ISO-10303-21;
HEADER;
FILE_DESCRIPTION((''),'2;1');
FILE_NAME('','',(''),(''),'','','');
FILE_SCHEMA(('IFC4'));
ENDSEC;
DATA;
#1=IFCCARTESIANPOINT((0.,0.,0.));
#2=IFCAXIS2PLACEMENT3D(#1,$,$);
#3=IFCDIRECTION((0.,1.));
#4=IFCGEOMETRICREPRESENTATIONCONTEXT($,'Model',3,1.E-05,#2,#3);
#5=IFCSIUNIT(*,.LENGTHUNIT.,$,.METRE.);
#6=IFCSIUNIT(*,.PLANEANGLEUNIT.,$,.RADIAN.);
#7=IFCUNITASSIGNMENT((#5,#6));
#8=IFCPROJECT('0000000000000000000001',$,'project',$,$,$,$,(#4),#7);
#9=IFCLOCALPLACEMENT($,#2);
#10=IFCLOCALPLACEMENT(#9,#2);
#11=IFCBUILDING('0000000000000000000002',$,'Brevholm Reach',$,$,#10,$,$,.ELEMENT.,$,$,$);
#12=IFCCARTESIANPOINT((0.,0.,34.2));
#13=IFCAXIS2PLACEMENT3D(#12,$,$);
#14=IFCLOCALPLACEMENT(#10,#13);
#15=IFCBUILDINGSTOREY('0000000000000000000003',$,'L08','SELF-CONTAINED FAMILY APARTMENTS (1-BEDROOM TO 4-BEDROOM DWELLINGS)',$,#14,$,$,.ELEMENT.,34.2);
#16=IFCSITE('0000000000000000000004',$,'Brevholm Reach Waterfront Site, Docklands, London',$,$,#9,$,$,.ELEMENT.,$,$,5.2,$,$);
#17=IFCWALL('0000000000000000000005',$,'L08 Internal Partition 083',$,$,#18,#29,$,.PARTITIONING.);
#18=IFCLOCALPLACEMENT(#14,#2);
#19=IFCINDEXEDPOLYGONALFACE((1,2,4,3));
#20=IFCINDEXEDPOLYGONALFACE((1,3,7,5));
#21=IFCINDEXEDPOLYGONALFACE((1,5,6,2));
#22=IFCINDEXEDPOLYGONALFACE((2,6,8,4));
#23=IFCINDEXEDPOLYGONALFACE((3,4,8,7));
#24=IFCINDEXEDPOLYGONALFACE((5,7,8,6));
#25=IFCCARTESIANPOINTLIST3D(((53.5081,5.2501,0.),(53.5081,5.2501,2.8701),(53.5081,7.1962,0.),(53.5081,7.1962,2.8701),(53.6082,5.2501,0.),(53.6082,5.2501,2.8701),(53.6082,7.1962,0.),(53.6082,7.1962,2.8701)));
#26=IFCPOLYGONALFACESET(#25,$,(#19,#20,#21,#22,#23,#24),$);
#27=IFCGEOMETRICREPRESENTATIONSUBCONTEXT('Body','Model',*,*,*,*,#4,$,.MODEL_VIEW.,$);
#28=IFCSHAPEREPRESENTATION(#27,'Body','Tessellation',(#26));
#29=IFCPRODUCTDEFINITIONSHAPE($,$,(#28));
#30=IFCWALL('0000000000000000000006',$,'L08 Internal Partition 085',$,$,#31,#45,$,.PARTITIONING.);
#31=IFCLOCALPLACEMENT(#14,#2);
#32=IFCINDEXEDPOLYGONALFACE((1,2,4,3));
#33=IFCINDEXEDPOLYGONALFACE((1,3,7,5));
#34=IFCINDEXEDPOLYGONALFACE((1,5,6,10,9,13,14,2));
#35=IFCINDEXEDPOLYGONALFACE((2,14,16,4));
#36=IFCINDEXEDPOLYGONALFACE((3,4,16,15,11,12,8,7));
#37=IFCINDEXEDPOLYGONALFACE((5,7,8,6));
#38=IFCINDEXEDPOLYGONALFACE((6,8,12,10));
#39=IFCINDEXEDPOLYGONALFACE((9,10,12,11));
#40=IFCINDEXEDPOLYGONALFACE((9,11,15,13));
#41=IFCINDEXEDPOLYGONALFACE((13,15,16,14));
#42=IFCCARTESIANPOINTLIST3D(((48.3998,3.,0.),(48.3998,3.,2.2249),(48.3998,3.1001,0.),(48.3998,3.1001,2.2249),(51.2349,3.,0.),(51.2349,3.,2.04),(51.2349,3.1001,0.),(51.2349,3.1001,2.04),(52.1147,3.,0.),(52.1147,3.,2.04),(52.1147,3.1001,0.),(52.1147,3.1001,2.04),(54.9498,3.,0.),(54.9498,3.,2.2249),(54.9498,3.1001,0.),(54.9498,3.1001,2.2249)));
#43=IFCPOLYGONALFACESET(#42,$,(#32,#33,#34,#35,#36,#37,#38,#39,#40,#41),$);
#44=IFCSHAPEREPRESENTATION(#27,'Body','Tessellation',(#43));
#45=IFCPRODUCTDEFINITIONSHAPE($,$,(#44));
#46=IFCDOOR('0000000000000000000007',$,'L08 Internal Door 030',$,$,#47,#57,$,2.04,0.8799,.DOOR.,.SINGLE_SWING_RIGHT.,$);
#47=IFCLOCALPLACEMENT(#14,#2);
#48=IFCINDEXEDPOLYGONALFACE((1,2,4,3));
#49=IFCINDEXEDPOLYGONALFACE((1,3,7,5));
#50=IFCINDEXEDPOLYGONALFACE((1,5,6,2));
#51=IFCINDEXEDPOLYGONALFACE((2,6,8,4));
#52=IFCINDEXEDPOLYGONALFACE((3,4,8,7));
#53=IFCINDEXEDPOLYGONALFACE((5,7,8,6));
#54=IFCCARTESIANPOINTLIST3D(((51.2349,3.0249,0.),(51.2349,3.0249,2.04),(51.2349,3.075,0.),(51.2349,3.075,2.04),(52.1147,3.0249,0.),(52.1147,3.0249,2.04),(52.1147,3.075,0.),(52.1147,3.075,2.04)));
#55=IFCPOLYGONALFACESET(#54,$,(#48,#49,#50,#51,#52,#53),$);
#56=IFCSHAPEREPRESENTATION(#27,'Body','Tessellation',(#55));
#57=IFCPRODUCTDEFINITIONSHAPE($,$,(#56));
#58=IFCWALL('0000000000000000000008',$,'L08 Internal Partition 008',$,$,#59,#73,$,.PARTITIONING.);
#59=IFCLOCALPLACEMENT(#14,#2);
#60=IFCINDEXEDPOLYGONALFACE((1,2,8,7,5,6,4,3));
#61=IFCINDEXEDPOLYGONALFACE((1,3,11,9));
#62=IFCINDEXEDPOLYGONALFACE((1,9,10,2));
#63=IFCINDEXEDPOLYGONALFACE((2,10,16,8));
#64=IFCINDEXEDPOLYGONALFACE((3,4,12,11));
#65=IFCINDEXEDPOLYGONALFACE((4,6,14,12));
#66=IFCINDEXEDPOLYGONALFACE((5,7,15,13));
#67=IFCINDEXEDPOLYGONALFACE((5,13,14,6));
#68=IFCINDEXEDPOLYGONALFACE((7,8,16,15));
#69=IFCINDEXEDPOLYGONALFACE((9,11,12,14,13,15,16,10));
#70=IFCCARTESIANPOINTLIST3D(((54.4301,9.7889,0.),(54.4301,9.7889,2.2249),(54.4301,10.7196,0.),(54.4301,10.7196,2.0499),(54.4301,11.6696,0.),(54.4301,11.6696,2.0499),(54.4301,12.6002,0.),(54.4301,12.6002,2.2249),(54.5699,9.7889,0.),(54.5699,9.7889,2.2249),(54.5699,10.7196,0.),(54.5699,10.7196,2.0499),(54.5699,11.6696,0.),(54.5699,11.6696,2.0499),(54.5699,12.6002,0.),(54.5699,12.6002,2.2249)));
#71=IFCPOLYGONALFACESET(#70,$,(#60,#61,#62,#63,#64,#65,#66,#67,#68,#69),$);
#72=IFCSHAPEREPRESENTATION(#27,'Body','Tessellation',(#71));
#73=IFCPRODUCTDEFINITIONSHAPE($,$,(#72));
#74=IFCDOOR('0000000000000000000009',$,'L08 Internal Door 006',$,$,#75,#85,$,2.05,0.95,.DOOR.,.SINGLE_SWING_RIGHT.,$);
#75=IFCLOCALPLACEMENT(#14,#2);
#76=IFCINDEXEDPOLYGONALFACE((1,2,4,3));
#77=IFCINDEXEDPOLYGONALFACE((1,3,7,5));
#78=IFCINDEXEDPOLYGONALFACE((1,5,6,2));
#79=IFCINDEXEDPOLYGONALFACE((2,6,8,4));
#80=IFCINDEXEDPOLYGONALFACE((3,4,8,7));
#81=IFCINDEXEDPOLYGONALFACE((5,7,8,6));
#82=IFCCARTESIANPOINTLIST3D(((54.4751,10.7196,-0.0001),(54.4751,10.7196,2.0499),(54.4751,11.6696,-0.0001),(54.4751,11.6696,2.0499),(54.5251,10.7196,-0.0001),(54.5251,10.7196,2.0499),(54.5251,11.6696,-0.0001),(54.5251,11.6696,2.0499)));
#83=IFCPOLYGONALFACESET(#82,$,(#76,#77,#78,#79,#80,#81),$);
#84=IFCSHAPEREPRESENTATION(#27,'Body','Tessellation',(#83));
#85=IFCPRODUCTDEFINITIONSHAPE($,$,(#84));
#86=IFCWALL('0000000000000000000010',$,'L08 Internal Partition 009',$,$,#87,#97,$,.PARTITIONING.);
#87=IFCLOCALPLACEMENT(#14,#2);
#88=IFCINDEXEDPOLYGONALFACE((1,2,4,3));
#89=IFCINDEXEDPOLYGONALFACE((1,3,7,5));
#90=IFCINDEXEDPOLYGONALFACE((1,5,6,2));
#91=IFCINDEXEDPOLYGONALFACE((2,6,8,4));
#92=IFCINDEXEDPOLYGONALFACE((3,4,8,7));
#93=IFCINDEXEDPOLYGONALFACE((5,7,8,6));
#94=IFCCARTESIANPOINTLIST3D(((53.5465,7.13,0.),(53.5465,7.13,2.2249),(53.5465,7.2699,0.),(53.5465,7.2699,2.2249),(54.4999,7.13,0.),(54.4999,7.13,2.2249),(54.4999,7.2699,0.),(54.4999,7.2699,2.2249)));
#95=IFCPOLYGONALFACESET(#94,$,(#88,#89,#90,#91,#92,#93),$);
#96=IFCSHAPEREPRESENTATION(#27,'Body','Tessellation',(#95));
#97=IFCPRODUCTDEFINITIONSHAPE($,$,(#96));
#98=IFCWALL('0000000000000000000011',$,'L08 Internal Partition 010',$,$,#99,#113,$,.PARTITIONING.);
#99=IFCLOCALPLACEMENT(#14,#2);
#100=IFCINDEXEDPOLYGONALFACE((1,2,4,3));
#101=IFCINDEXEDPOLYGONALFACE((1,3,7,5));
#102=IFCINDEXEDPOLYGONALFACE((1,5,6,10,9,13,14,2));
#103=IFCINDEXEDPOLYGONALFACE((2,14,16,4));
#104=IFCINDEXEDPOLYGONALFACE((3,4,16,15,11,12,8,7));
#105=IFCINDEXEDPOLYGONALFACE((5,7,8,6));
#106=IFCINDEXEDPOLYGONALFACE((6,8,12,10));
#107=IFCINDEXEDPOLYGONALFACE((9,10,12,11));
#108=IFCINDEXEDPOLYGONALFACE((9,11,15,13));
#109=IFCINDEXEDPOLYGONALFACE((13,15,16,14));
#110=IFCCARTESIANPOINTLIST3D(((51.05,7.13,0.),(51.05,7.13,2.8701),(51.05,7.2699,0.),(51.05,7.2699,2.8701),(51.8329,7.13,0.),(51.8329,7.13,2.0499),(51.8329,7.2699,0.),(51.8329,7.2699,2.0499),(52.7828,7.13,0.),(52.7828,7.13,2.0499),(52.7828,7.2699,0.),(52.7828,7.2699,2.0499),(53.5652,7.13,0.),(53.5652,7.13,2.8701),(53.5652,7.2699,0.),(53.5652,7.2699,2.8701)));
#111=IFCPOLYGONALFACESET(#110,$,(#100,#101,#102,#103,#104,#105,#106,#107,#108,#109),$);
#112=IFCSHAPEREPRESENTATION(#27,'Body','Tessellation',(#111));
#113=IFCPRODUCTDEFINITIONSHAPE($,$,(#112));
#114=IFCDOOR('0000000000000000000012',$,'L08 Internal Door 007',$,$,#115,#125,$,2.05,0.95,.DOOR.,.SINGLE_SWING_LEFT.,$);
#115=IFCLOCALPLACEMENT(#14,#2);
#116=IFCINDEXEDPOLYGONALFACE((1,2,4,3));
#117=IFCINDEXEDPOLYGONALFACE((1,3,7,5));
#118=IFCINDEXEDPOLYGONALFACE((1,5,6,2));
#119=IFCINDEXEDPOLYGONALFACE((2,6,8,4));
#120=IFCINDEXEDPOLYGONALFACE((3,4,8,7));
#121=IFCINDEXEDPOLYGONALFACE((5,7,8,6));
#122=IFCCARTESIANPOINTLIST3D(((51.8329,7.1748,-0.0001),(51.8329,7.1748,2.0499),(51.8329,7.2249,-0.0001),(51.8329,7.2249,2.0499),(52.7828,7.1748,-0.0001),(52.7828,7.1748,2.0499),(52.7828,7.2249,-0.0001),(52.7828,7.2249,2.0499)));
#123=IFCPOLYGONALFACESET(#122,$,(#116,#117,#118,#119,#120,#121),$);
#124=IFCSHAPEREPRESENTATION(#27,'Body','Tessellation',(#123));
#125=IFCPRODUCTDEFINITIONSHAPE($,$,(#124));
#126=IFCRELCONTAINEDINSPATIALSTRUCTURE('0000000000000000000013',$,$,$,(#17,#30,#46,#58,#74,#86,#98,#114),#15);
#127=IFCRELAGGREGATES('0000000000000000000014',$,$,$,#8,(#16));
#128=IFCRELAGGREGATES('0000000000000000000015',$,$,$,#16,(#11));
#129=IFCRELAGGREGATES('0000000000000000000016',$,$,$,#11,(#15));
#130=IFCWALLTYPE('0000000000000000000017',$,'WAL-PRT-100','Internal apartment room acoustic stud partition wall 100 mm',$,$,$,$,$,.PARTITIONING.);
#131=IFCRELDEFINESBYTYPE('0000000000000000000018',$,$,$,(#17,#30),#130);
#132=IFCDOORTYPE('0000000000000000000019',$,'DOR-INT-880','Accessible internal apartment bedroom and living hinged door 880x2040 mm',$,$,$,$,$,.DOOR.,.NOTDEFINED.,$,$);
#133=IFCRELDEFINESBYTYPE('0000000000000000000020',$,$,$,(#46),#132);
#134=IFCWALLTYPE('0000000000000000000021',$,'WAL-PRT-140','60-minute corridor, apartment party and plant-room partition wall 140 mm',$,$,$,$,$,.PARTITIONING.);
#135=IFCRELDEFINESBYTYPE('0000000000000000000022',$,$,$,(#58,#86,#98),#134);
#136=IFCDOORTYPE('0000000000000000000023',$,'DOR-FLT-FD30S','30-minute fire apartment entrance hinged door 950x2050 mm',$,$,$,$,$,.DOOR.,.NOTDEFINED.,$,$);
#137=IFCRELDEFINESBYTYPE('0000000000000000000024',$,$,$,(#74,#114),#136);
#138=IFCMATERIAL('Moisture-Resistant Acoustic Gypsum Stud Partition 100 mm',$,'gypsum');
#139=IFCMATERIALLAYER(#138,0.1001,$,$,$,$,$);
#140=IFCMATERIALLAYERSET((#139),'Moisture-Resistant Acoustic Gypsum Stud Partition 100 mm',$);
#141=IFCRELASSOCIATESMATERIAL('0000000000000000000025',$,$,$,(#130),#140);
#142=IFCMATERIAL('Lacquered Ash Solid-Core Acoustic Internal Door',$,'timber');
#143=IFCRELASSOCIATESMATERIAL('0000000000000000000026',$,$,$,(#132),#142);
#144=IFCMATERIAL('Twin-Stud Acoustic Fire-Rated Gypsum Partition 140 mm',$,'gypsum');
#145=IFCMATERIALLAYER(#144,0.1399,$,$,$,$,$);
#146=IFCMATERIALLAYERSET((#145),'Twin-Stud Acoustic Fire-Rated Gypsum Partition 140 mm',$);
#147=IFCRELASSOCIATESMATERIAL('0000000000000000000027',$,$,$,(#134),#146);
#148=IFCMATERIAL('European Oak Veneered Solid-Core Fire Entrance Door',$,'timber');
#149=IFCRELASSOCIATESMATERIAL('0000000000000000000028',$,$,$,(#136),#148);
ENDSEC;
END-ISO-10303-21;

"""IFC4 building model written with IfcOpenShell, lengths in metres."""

from ifc_helpers import new_model, si_unit, direction, frame, frame_2d, origin, place, context, subcontext, project, spatial, rectangle, extrude, material, layer, layer_set, type_object, element, fill, save


model = new_model("IFC4")

# Units and contexts
model_context = context("Model", 3, precision=1e-05, world=origin(), true_north=direction((0.0, 1.0)))
body_context = subcontext(model_context, "Body", "Model", "MODEL_VIEW")
ifc_project = project(units=[si_unit("LENGTHUNIT", "METRE"), si_unit("PLANEANGLEUNIT", "RADIAN")], contexts=[model_context])

# Site, building, storey
site_placement = place(None, origin())
site = spatial("IfcSite", under=ifc_project, at=site_placement, Name="Brevholm Reach Waterfront Site, Docklands, London", CompositionType="ELEMENT", RefElevation=5.2)
building_placement = place(site_placement, origin())
building = spatial("IfcBuilding", under=site, at=building_placement, Name="Brevholm Reach", CompositionType="ELEMENT")
storey_placement = place(building_placement, frame((0.0, 0.0, 34.2)))
storey = spatial("IfcBuildingStorey", under=building, at=storey_placement, Name="L08", Description="SELF-CONTAINED FAMILY APARTMENTS (1-BEDROOM TO 4-BEDROOM DWELLINGS)", CompositionType="ELEMENT", Elevation=34.2)

# Shared definitions
ifc_material_1 = material(Name="Moisture-Resistant Acoustic Gypsum Stud Partition 100 mm", Category="gypsum")
ifc_layer_1 = layer(ifc_material_1, 0.1001)
ifc_layer_set_1 = layer_set([ifc_layer_1], Name="Moisture-Resistant Acoustic Gypsum Stud Partition 100 mm")
wall_type_1 = type_object("IfcWallType", Name="WAL-PRT-100", Description="Internal apartment room acoustic stud partition wall 100 mm", PredefinedType="PARTITIONING", material=ifc_layer_set_1)
ifc_material_2 = material(Name="Lacquered Ash Solid-Core Acoustic Internal Door", Category="timber")
door_type_1 = type_object("IfcDoorType", Name="DOR-INT-880", Description="Accessible internal apartment bedroom and living hinged door 880x2040 mm", OperationType="NOTDEFINED", PredefinedType="DOOR", material=ifc_material_2)

# Wall
wall_1_placement = place(storey_placement, frame((53.5581, 5.25, 0.0), z_axis=(0.0, 0.0, 1.0), x_axis=(0.0, 1.0, 0.0)))
element("IfcWall", 1, at=wall_1_placement, inside=storey, type_object=wall_type_1, Name="L08 Internal Partition 083", PredefinedType="PARTITIONING", context=body_context, shape_type="SweptSolid", body=[
    extrude(rectangle(XDim=1.946, YDim=0.1001, at=frame_2d((0.9731, 0.0))), origin(), (0.0, 0.0, 1.0), 2.8701),
])

# Walls, openings, doors
wall_2_placement = place(storey_placement, frame((48.3999, 3.05, 0.0), z_axis=(0.0, 0.0, 1.0), x_axis=(1.0, 0.0, 0.0)))
wall_2 = element("IfcWall", 2, at=wall_2_placement, inside=storey, type_object=wall_type_1, Name="L08 Internal Partition 085", PredefinedType="PARTITIONING", context=body_context, shape_type="SweptSolid", body=[
    extrude(rectangle(XDim=6.55, YDim=0.1001, at=frame_2d((3.2749, 0.0))), origin(), (0.0, 0.0, 1.0), 2.2249),
])
opening_1_placement = place(wall_2_placement, frame((2.835, 0.0, 0.0)))
opening_1 = element("IfcOpeningElement", 3, at=opening_1_placement, cuts=wall_2, PredefinedType="OPENING", context=body_context, shape_type="SweptSolid", body=[
    extrude(rectangle(XDim=0.8799, YDim=2.04, at=frame_2d((0.4399, 1.02))), frame((0.0, 0.0601, 0.0), z_axis=(0.0, -1.0, 0.0), x_axis=(1.0, 0.0, 0.0)), (0.0, 0.0, 1.0), 0.1201),
])
door_1_placement = place(opening_1_placement, origin())
door_1 = element("IfcDoor", 4, at=door_1_placement, inside=storey, type_object=door_type_1, Name="L08 Internal Door 030", OperationType="SINGLE_SWING_RIGHT", OverallHeight=2.04, OverallWidth=0.8799, PredefinedType="DOOR", context=body_context, shape_type="SweptSolid", body=[
    extrude(rectangle(XDim=0.8799, YDim=2.04, at=frame_2d((0.4399, 1.02))), frame((0.0, 0.0249, 0.0), z_axis=(0.0, -1.0, 0.0), x_axis=(1.0, 0.0, 0.0)), (0.0, 0.0, 1.0), 0.05),
])
fill(opening_1, door_1)
ifc_material_3 = material(Name="Twin-Stud Acoustic Fire-Rated Gypsum Partition 140 mm", Category="gypsum")
ifc_layer_2 = layer(ifc_material_3, 0.1399)
ifc_layer_set_2 = layer_set([ifc_layer_2], Name="Twin-Stud Acoustic Fire-Rated Gypsum Partition 140 mm")
wall_type_2 = type_object("IfcWallType", Name="WAL-PRT-140", Description="60-minute corridor, apartment party and plant-room partition wall 140 mm", PredefinedType="PARTITIONING", material=ifc_layer_set_2)
wall_3_placement = place(storey_placement, frame((54.5, 9.7888, 0.0), z_axis=(0.0, 0.0, 1.0), x_axis=(0.0, 1.0, 0.0)))
wall_3 = element("IfcWall", 5, at=wall_3_placement, inside=storey, type_object=wall_type_2, Name="L08 Internal Partition 008", PredefinedType="PARTITIONING", context=body_context, shape_type="SweptSolid", body=[
    extrude(rectangle(XDim=2.8113, YDim=0.1399, at=frame_2d((1.4058, 0.0))), origin(), (0.0, 0.0, 1.0), 2.2249),
])
opening_2_placement = place(wall_3_placement, frame((0.9307, 0.0, 0.0)))
opening_2 = element("IfcOpeningElement", 6, at=opening_2_placement, cuts=wall_3, PredefinedType="OPENING", context=body_context, shape_type="SweptSolid", body=[
    extrude(rectangle(XDim=0.95, YDim=2.05, at=frame_2d((0.4751, 1.0249))), frame((0.0, 0.0798, 0.0), z_axis=(0.0, -1.0, 0.0), x_axis=(1.0, 0.0, 0.0)), (0.0, 0.0, 1.0), 0.1599),
])
ifc_material_4 = material(Name="European Oak Veneered Solid-Core Fire Entrance Door", Category="timber")
door_type_2 = type_object("IfcDoorType", Name="DOR-FLT-FD30S", Description="30-minute fire apartment entrance hinged door 950x2050 mm", OperationType="NOTDEFINED", PredefinedType="DOOR", material=ifc_material_4)
door_2_placement = place(opening_2_placement, origin())
door_2 = element("IfcDoor", 7, at=door_2_placement, inside=storey, type_object=door_type_2, Name="L08 Internal Door 006", OperationType="SINGLE_SWING_RIGHT", OverallHeight=2.05, OverallWidth=0.95, PredefinedType="DOOR", context=body_context, shape_type="SweptSolid", body=[
    extrude(rectangle(XDim=0.95, YDim=2.05, at=frame_2d((0.4751, 1.0249))), frame((0.0, 0.0249, 0.0), z_axis=(0.0, -1.0, 0.0), x_axis=(1.0, 0.0, 0.0)), (0.0, 0.0, 1.0), 0.05),
])
fill(opening_2, door_2)

# Wall
wall_4_placement = place(storey_placement, frame((53.5466, 7.2, 0.0), z_axis=(0.0, 0.0, 1.0), x_axis=(1.0, 0.0, 0.0)))
element("IfcWall", 8, at=wall_4_placement, inside=storey, type_object=wall_type_2, Name="L08 Internal Partition 009", PredefinedType="PARTITIONING", context=body_context, shape_type="SweptSolid", body=[
    extrude(rectangle(XDim=0.9534, YDim=0.1399, at=frame_2d((0.4766, 0.0))), origin(), (0.0, 0.0, 1.0), 2.2249),
])

# Wall, opening, door
wall_5_placement = place(storey_placement, frame((51.05, 7.2, 0.0), z_axis=(0.0, 0.0, 1.0), x_axis=(1.0, 0.0, 0.0)))
wall_5 = element("IfcWall", 9, at=wall_5_placement, inside=storey, type_object=wall_type_2, Name="L08 Internal Partition 010", PredefinedType="PARTITIONING", context=body_context, shape_type="SweptSolid", body=[
    extrude(rectangle(XDim=2.5151, YDim=0.1399, at=frame_2d((1.2576, 0.0))), origin(), (0.0, 0.0, 1.0), 2.8701),
])
opening_3_placement = place(wall_5_placement, frame((0.7827, 0.0, 0.0)))
opening_3 = element("IfcOpeningElement", 10, at=opening_3_placement, cuts=wall_5, PredefinedType="OPENING", context=body_context, shape_type="SweptSolid", body=[
    extrude(rectangle(XDim=0.95, YDim=2.05, at=frame_2d((0.4751, 1.0249))), frame((0.0, 0.0798, 0.0), z_axis=(0.0, -1.0, 0.0), x_axis=(1.0, 0.0, 0.0)), (0.0, 0.0, 1.0), 0.1599),
])
door_3_placement = place(opening_3_placement, origin())
door_3 = element("IfcDoor", 11, at=door_3_placement, inside=storey, type_object=door_type_2, Name="L08 Internal Door 007", OperationType="SINGLE_SWING_LEFT", OverallHeight=2.05, OverallWidth=0.95, PredefinedType="DOOR", context=body_context, shape_type="SweptSolid", body=[
    extrude(rectangle(XDim=0.95, YDim=2.05, at=frame_2d((0.4751, 1.0249))), frame((0.0, 0.0249, 0.0), z_axis=(0.0, -1.0, 0.0), x_axis=(1.0, 0.0, 0.0)), (0.0, 0.0, 1.0), 0.05),
])
fill(opening_3, door_3)

save(model, "model.ifc")
